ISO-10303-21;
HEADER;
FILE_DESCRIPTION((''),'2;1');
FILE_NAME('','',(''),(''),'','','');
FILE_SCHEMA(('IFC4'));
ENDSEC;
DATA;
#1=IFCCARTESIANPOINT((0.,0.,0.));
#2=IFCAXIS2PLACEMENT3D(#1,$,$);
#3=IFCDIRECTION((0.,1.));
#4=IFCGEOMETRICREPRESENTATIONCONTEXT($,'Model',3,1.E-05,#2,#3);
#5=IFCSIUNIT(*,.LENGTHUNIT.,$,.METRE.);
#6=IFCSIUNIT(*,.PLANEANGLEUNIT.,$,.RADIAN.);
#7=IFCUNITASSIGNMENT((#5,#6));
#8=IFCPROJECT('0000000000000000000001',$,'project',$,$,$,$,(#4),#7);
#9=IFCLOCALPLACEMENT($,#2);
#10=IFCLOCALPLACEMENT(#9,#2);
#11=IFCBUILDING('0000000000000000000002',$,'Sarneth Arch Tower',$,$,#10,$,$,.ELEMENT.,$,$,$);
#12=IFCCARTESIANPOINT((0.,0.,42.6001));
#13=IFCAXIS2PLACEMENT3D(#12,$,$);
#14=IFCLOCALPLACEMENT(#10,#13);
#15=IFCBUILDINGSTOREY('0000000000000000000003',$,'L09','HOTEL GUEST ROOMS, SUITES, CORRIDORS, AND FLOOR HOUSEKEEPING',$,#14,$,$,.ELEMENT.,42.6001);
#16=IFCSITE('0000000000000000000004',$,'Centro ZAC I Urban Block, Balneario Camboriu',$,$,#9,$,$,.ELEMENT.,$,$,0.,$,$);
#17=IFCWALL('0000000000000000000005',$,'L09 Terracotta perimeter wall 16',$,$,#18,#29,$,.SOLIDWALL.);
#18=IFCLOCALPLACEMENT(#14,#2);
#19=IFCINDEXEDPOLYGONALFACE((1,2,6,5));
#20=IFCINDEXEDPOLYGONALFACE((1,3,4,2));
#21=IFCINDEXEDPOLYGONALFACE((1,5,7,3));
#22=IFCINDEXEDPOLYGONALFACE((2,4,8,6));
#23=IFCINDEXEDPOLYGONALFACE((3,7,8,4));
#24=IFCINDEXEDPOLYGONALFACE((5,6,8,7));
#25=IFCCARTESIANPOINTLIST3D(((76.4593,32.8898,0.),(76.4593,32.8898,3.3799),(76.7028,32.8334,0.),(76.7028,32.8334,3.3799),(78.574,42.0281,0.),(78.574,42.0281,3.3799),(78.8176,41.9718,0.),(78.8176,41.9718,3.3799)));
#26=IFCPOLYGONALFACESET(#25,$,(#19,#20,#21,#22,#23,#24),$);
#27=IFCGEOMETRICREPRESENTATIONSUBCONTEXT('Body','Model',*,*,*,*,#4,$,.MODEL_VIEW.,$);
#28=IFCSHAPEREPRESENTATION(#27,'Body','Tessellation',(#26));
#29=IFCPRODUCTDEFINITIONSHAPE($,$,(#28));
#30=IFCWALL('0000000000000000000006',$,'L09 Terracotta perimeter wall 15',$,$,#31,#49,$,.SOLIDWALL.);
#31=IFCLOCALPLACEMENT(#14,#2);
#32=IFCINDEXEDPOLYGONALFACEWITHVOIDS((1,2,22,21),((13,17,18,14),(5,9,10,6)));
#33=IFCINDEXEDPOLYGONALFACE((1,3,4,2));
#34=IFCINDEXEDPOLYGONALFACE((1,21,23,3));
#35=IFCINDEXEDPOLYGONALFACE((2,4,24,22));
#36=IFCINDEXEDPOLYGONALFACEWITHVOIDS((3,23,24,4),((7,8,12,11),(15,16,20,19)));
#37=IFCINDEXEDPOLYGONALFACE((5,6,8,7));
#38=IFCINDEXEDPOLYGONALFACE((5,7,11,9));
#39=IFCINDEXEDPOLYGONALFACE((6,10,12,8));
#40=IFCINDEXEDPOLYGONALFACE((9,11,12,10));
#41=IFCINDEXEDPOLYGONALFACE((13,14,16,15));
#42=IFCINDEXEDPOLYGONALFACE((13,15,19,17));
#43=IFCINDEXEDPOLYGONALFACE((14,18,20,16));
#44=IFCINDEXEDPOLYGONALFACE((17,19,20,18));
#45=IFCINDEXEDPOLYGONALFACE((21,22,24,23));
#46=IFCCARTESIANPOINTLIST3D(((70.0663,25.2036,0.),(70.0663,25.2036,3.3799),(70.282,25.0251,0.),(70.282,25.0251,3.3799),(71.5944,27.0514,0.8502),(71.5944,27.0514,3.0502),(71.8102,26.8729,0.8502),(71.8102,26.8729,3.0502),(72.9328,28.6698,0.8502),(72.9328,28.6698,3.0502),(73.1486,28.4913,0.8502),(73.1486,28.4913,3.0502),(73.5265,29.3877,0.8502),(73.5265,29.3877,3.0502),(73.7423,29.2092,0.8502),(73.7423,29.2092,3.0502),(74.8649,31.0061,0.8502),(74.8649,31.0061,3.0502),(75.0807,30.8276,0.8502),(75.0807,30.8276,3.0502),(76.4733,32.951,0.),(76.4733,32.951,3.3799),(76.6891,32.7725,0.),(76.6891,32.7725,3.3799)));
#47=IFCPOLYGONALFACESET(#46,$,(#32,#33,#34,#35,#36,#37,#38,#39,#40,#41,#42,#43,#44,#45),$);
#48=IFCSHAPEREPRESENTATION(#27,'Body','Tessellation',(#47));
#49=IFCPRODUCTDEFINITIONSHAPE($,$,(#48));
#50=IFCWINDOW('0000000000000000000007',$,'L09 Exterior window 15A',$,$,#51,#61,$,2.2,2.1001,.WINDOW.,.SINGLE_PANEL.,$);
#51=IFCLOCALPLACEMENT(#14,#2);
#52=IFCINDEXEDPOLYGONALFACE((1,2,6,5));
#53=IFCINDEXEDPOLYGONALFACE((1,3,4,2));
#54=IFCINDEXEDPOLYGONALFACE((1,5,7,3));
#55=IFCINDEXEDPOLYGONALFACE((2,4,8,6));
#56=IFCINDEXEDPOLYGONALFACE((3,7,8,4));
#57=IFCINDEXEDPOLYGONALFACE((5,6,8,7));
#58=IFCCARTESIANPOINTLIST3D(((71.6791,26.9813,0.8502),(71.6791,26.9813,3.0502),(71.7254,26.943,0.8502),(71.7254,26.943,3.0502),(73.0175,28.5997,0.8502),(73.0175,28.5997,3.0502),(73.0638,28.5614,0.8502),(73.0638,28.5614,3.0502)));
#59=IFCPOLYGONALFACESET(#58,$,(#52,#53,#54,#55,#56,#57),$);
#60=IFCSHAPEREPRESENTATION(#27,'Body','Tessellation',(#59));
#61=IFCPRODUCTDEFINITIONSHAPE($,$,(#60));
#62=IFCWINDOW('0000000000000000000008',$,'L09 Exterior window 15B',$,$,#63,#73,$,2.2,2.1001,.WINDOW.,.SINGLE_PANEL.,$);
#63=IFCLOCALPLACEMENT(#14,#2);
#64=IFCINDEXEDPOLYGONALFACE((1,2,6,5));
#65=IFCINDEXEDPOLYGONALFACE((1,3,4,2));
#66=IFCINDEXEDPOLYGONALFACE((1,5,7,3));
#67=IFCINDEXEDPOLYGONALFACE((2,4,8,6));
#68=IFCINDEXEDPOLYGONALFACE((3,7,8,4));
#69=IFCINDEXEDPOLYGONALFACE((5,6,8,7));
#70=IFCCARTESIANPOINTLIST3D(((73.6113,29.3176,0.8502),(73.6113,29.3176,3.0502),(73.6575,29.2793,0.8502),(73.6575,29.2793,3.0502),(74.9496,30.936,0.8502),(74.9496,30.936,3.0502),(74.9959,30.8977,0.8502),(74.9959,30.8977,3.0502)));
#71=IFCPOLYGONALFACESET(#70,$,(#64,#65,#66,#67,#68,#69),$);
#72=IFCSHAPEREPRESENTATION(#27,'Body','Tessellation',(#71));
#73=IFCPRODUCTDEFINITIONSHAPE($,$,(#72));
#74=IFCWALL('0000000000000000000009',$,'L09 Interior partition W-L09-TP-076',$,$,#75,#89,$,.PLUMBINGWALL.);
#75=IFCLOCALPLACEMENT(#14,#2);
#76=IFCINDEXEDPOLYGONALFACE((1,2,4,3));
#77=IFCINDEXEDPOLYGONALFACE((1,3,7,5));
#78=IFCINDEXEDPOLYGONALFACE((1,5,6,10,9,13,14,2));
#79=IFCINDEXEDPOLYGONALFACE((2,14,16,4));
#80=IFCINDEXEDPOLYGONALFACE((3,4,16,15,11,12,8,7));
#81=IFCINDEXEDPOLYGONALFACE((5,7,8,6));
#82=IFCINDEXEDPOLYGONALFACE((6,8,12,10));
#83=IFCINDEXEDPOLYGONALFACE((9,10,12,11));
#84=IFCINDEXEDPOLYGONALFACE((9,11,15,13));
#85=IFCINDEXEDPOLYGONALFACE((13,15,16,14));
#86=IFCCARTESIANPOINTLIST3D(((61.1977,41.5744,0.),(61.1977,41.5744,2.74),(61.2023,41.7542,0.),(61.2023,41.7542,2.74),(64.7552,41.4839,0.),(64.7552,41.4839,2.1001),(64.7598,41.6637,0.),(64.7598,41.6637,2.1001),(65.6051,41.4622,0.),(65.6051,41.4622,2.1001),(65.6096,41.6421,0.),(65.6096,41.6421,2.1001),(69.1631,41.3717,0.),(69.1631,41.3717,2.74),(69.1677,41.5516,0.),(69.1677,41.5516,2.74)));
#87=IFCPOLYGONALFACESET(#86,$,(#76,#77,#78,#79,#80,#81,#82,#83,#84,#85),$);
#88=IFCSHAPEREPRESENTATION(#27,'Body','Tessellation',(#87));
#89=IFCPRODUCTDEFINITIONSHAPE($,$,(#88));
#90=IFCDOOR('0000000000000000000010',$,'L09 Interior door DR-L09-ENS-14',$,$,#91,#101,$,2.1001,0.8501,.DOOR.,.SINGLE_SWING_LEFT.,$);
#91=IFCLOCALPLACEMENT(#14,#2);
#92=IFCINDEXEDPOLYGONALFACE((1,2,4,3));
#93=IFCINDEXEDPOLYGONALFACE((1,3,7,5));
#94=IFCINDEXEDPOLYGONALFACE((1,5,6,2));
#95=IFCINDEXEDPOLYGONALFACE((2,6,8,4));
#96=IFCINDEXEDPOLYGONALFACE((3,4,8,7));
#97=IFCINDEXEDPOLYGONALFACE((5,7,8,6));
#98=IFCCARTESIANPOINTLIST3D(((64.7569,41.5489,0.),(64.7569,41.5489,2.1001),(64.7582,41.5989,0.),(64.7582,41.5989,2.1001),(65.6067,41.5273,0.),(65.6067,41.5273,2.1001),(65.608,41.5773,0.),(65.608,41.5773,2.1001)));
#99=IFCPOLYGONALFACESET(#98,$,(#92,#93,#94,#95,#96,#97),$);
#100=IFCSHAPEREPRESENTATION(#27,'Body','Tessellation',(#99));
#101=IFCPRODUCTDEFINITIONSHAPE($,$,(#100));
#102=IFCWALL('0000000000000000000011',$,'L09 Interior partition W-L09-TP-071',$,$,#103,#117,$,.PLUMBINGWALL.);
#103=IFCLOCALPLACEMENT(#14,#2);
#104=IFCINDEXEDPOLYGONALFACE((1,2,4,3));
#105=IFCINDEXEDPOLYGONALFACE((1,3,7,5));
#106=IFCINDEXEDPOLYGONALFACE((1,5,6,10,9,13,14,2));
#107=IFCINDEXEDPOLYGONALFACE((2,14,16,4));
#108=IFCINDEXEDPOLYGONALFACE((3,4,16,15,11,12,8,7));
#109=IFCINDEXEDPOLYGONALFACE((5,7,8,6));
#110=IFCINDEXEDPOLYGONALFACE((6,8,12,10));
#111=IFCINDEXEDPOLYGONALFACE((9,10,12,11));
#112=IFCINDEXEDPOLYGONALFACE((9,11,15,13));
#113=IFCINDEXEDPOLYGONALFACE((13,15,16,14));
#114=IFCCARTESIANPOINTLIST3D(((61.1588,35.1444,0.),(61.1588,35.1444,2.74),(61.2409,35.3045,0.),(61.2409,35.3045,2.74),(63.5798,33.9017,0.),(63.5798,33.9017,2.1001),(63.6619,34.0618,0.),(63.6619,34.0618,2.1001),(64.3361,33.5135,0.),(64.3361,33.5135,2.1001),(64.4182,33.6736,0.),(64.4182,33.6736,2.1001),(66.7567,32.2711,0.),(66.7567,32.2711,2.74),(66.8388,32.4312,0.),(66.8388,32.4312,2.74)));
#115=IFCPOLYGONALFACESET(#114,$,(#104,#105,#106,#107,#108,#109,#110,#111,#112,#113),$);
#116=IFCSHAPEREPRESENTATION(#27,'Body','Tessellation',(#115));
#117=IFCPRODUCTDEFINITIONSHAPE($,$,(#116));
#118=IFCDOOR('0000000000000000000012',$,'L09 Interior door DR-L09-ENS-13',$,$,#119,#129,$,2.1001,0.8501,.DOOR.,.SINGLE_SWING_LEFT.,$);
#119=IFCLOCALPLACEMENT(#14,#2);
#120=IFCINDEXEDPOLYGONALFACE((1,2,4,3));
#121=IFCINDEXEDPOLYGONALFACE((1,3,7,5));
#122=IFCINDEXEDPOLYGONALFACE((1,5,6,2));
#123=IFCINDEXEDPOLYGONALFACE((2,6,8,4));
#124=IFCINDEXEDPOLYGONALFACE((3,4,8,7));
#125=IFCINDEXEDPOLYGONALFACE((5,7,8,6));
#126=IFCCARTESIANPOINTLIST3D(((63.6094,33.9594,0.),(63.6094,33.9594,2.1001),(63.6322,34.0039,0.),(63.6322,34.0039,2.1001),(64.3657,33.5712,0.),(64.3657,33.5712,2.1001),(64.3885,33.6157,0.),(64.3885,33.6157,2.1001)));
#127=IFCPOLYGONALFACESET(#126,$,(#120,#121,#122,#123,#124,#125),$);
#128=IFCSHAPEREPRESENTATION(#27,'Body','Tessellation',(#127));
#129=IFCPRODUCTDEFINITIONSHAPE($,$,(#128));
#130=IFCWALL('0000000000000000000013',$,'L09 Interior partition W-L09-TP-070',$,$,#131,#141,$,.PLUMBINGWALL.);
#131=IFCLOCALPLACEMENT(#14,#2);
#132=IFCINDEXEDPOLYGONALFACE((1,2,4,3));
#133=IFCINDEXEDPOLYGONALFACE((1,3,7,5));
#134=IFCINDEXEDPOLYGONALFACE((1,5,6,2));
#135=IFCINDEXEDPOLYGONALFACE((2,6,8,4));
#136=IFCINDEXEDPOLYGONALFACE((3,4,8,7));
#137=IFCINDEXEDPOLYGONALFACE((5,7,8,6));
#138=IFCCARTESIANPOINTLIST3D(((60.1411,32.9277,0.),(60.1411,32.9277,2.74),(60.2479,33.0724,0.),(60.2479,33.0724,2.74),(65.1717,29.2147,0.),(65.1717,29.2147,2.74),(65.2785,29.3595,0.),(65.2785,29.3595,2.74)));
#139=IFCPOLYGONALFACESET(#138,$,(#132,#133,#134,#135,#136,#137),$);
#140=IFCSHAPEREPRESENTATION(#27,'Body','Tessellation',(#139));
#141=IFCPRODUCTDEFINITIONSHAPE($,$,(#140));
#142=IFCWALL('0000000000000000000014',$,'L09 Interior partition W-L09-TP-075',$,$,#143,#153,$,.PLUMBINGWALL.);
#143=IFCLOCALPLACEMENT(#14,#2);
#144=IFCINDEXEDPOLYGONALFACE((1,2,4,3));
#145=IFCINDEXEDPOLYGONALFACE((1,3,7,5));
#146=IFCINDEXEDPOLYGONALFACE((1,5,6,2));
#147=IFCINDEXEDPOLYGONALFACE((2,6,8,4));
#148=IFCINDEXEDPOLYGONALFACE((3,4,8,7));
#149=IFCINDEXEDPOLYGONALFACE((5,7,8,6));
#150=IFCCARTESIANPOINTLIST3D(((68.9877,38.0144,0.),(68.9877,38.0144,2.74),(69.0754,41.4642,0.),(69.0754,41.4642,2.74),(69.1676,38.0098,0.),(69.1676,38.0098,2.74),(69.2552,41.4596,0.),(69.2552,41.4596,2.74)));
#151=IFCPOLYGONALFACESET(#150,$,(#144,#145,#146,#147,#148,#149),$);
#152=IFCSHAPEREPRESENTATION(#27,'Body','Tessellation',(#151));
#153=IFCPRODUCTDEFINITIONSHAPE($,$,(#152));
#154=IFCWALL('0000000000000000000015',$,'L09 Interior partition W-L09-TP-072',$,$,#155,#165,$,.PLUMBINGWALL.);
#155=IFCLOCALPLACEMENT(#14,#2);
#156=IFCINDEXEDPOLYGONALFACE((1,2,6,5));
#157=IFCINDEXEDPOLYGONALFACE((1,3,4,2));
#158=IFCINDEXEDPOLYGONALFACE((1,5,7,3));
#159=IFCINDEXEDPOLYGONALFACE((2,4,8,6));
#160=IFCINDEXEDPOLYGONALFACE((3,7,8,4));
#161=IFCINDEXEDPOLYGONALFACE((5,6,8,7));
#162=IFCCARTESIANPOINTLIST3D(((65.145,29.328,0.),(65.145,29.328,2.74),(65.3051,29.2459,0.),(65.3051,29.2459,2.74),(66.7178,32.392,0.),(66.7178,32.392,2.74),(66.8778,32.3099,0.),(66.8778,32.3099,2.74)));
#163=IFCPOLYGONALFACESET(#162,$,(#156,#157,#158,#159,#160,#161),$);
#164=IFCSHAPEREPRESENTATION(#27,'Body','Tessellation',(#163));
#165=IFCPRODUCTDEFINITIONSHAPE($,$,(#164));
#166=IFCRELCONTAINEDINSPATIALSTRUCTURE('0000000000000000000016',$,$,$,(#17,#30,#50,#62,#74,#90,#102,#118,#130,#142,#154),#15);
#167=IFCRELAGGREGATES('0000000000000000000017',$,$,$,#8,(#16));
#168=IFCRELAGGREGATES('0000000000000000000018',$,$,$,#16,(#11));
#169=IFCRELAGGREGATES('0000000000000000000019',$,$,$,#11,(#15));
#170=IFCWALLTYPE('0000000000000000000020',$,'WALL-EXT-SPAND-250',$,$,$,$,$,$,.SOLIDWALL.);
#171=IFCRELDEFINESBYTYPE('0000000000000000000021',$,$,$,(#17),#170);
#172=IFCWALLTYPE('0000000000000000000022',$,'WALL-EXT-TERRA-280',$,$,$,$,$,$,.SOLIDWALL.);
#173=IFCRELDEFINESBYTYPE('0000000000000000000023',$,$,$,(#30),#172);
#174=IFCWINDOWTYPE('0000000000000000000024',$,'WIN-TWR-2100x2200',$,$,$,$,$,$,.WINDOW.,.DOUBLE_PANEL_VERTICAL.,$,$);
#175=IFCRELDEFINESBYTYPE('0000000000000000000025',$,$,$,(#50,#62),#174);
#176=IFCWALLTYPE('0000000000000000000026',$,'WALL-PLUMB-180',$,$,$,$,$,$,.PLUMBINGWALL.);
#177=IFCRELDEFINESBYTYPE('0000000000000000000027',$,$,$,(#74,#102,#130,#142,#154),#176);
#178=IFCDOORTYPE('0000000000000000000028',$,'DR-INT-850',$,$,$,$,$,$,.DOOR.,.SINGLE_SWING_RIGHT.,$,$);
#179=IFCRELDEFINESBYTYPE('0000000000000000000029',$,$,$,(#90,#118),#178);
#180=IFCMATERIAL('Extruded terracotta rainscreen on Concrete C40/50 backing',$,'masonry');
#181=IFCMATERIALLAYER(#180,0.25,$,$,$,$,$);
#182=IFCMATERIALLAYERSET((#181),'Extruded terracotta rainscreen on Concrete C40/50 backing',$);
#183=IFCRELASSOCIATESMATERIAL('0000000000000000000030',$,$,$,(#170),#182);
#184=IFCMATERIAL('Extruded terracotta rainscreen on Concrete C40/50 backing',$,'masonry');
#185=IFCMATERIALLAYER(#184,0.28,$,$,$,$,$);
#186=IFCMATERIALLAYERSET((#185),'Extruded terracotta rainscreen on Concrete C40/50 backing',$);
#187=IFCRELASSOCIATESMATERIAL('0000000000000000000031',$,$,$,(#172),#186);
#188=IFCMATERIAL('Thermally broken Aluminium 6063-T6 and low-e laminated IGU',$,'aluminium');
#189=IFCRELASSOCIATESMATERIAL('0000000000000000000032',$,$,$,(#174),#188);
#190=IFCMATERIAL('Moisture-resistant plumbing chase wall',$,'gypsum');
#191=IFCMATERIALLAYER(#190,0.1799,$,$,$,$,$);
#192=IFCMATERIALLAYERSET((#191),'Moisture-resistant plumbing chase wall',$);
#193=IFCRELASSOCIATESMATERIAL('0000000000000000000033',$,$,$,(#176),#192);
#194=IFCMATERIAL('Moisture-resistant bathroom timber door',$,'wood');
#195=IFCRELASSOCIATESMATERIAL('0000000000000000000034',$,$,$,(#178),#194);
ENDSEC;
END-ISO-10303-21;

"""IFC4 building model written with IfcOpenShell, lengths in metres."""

from ifc_helpers import new_model, si_unit, direction, frame, frame_2d, origin, place, context, subcontext, project, spatial, rectangle, extrude, material, layer, layer_set, type_object, element, fill, save


model = new_model("IFC4")

# Units and contexts
model_context = context("Model", 3, precision=1e-05, world=origin(), true_north=direction((0.0, 1.0)))
body_context = subcontext(model_context, "Body", "Model", "MODEL_VIEW")
ifc_project = project(units=[si_unit("LENGTHUNIT", "METRE"), si_unit("PLANEANGLEUNIT", "RADIAN")], contexts=[model_context])

# Site, building, storey
site_placement = place(None, origin())
site = spatial("IfcSite", under=ifc_project, at=site_placement, Name="Centro ZAC I Urban Block, Balneario Camboriu", CompositionType="ELEMENT", RefElevation=0.0)
building_placement = place(site_placement, origin())
building = spatial("IfcBuilding", under=site, at=building_placement, Name="Sarneth Arch Tower", CompositionType="ELEMENT")
storey_placement = place(building_placement, frame((0.0, 0.0, 42.6001)))
storey = spatial("IfcBuildingStorey", under=building, at=storey_placement, Name="L09", Description="HOTEL GUEST ROOMS, SUITES, CORRIDORS, AND FLOOR HOUSEKEEPING", CompositionType="ELEMENT", Elevation=42.6001)

# Wall
ifc_material_1 = material(Name="Extruded terracotta rainscreen on Concrete C40/50 backing", Category="masonry")
ifc_layer_1 = layer(ifc_material_1, 0.25)
ifc_layer_set_1 = layer_set([ifc_layer_1], Name="Extruded terracotta rainscreen on Concrete C40/50 backing")
wall_type_1 = type_object("IfcWallType", Name="WALL-EXT-SPAND-250", PredefinedType="SOLIDWALL", material=ifc_layer_set_1)
wall_1_placement = place(storey_placement, frame((76.5811, 32.8616, 0.0), z_axis=(0.0, 0.0, 1.0), x_axis=(0.225454, 0.974254, 0.0)))
element("IfcWall", 1, at=wall_1_placement, inside=storey, type_object=wall_type_1, Name="L09 Terracotta perimeter wall 16", PredefinedType="SOLIDWALL", context=body_context, shape_type="SweptSolid", body=[
    extrude(rectangle(XDim=9.3799, YDim=0.25, at=frame_2d((4.6899, 0.0))), origin(), (0.0, 0.0, 1.0), 3.3799),
])

# Wall, openings, windows
ifc_material_2 = material(Name="Extruded terracotta rainscreen on Concrete C40/50 backing", Category="masonry")
ifc_layer_2 = layer(ifc_material_2, 0.28)
ifc_layer_set_2 = layer_set([ifc_layer_2], Name="Extruded terracotta rainscreen on Concrete C40/50 backing")
wall_type_2 = type_object("IfcWallType", Name="WALL-EXT-TERRA-280", PredefinedType="SOLIDWALL", material=ifc_layer_set_2)
wall_2_placement = place(storey_placement, frame((70.1741, 25.1143, 0.0), z_axis=(0.0, 0.0, 1.0), x_axis=(0.637297, 0.770618, 0.0)))
wall_2 = element("IfcWall", 2, at=wall_2_placement, inside=storey, type_object=wall_type_2, Name="L09 Terracotta perimeter wall 15", PredefinedType="SOLIDWALL", context=body_context, shape_type="SweptSolid", body=[
    extrude(rectangle(XDim=10.0535, YDim=0.28, at=frame_2d((5.0269, 0.0))), origin(), (0.0, 0.0, 1.0), 3.3799),
])
opening_1_placement = place(wall_2_placement, frame((2.3979, 0.0, 0.8501)))
opening_1 = element("IfcOpeningElement", 3, at=opening_1_placement, cuts=wall_2, PredefinedType="OPENING", context=body_context, shape_type="SweptSolid", body=[
    extrude(rectangle(XDim=2.1001, YDim=2.2, at=frame_2d((1.05, 1.1001))), frame((0.0, 0.1499, 0.0), z_axis=(0.0, -1.0, 0.0), x_axis=(1.0, 0.0, 0.0)), (0.0, 0.0, 1.0), 0.3),
])
opening_2_placement = place(wall_2_placement, frame((5.4297, 0.0, 0.8501)))
opening_2 = element("IfcOpeningElement", 4, at=opening_2_placement, cuts=wall_2, PredefinedType="OPENING", context=body_context, shape_type="SweptSolid", body=[
    extrude(rectangle(XDim=2.1001, YDim=2.2, at=frame_2d((1.05, 1.1001))), frame((0.0, 0.1499, 0.0), z_axis=(0.0, -1.0, 0.0), x_axis=(1.0, 0.0, 0.0)), (0.0, 0.0, 1.0), 0.3),
])
ifc_material_3 = material(Name="Thermally broken Aluminium 6063-T6 and low-e laminated IGU", Category="aluminium")
window_type = type_object("IfcWindowType", Name="WIN-TWR-2100x2200", PartitioningType="DOUBLE_PANEL_VERTICAL", PredefinedType="WINDOW", material=ifc_material_3)
window_1_placement = place(opening_1_placement, origin())
window_1 = element("IfcWindow", 5, at=window_1_placement, inside=storey, type_object=window_type, Name="L09 Exterior window 15A", OverallHeight=2.2, OverallWidth=2.1001, PartitioningType="SINGLE_PANEL", PredefinedType="WINDOW", context=body_context, shape_type="SweptSolid", body=[
    extrude(rectangle(XDim=2.1001, YDim=2.2, at=frame_2d((1.05, 1.1001))), frame((0.0, 0.03, 0.0), z_axis=(0.0, -1.0, 0.0), x_axis=(1.0, 0.0, 0.0)), (0.0, 0.0, 1.0), 0.0601),
])
fill(opening_1, window_1)
window_2_placement = place(opening_2_placement, origin())
window_2 = element("IfcWindow", 6, at=window_2_placement, inside=storey, type_object=window_type, Name="L09 Exterior window 15B", OverallHeight=2.2, OverallWidth=2.1001, PartitioningType="SINGLE_PANEL", PredefinedType="WINDOW", context=body_context, shape_type="SweptSolid", body=[
    extrude(rectangle(XDim=2.1001, YDim=2.2, at=frame_2d((1.05, 1.1001))), frame((0.0, 0.03, 0.0), z_axis=(0.0, -1.0, 0.0), x_axis=(1.0, 0.0, 0.0)), (0.0, 0.0, 1.0), 0.0601),
])
fill(opening_2, window_2)

# Walls, openings, doors
ifc_material_4 = material(Name="Moisture-resistant plumbing chase wall", Category="gypsum")
ifc_layer_3 = layer(ifc_material_4, 0.1799)
ifc_layer_set_3 = layer_set([ifc_layer_3], Name="Moisture-resistant plumbing chase wall")
wall_type_3 = type_object("IfcWallType", Name="WALL-PLUMB-180", PredefinedType="PLUMBINGWALL", material=ifc_layer_set_3)
wall_3_placement = place(storey_placement, frame((69.1653, 41.4617, 0.0), z_axis=(0.0, 0.0, 1.0), x_axis=(-0.999677, 0.025432, 0.0)))
wall_3 = element("IfcWall", 7, at=wall_3_placement, inside=storey, type_object=wall_type_3, Name="L09 Interior partition W-L09-TP-076", PredefinedType="PLUMBINGWALL", context=body_context, shape_type="SweptSolid", body=[
    extrude(rectangle(XDim=7.968, YDim=0.1799, at=frame_2d((3.9839, 0.0))), origin(), (0.0, 0.0, 1.0), 2.74),
])
opening_3_placement = place(wall_3_placement, frame((3.5591, 0.0, 0.0)))
opening_3 = element("IfcOpeningElement", 8, at=opening_3_placement, cuts=wall_3, PredefinedType="OPENING", context=body_context, shape_type="SweptSolid", body=[
    extrude(rectangle(XDim=0.8501, YDim=2.1001, at=frame_2d((0.425, 1.05))), frame((0.0, 0.0999, 0.0), z_axis=(0.0, -1.0, 0.0), x_axis=(1.0, 0.0, 0.0)), (0.0, 0.0, 1.0), 0.2),
])
ifc_material_5 = material(Name="Moisture-resistant bathroom timber door", Category="wood")
door_type_1 = type_object("IfcDoorType", Name="DR-INT-850", OperationType="SINGLE_SWING_RIGHT", PredefinedType="DOOR", material=ifc_material_5)
door_1_placement = place(opening_3_placement, origin())
door_1 = element("IfcDoor", 9, at=door_1_placement, inside=storey, type_object=door_type_1, Name="L09 Interior door DR-L09-ENS-14", OperationType="SINGLE_SWING_LEFT", OverallHeight=2.1001, OverallWidth=0.8501, PredefinedType="DOOR", context=body_context, shape_type="SweptSolid", body=[
    extrude(rectangle(XDim=0.8501, YDim=2.1001, at=frame_2d((0.425, 1.05))), frame((0.0, 0.0249, 0.0), z_axis=(0.0, -1.0, 0.0), x_axis=(1.0, 0.0, 0.0)), (0.0, 0.0, 1.0), 0.05),
])
fill(opening_3, door_1)
wall_4_placement = place(storey_placement, frame((61.2, 35.2244, 0.0), z_axis=(0.0, 0.0, 1.0), x_axis=(0.889651, -0.45664, 0.0)))
wall_4 = element("IfcWall", 10, at=wall_4_placement, inside=storey, type_object=wall_type_3, Name="L09 Interior partition W-L09-TP-071", PredefinedType="PLUMBINGWALL", context=body_context, shape_type="SweptSolid", body=[
    extrude(rectangle(XDim=6.2922, YDim=0.1799, at=frame_2d((3.146, 0.0))), origin(), (0.0, 0.0, 1.0), 2.74),
])
opening_4_placement = place(wall_4_placement, frame((2.7212, 0.0, 0.0)))
opening_4 = element("IfcOpeningElement", 11, at=opening_4_placement, cuts=wall_4, PredefinedType="OPENING", context=body_context, shape_type="SweptSolid", body=[
    extrude(rectangle(XDim=0.8501, YDim=2.1001, at=frame_2d((0.425, 1.05))), frame((0.0, 0.0999, 0.0), z_axis=(0.0, -1.0, 0.0), x_axis=(1.0, 0.0, 0.0)), (0.0, 0.0, 1.0), 0.2),
])
door_2_placement = place(opening_4_placement, origin())
door_2 = element("IfcDoor", 12, at=door_2_placement, inside=storey, type_object=door_type_1, Name="L09 Interior door DR-L09-ENS-13", OperationType="SINGLE_SWING_LEFT", OverallHeight=2.1001, OverallWidth=0.8501, PredefinedType="DOOR", context=body_context, shape_type="SweptSolid", body=[
    extrude(rectangle(XDim=0.8501, YDim=2.1001, at=frame_2d((0.425, 1.05))), frame((0.0, 0.0249, 0.0), z_axis=(0.0, -1.0, 0.0), x_axis=(1.0, 0.0, 0.0)), (0.0, 0.0, 1.0), 0.05),
])
fill(opening_4, door_2)

# Walls
wall_5_placement = place(storey_placement, frame((65.2251, 29.2871, 0.0), z_axis=(0.0, 0.0, 1.0), x_axis=(-0.804583, 0.593841, 0.0)))
element("IfcWall", 13, at=wall_5_placement, inside=storey, type_object=wall_type_3, Name="L09 Interior partition W-L09-TP-070", PredefinedType="PLUMBINGWALL", context=body_context, shape_type="SweptSolid", body=[
    extrude(rectangle(XDim=6.2524, YDim=0.1799, at=frame_2d((3.1262, 0.0))), origin(), (0.0, 0.0, 1.0), 2.74),
])
wall_6_placement = place(storey_placement, frame((69.0776, 38.012, 0.0), z_axis=(0.0, 0.0, 1.0), x_axis=(0.025399, 0.999677, 0.0)))
element("IfcWall", 14, at=wall_6_placement, inside=storey, type_object=wall_type_3, Name="L09 Interior partition W-L09-TP-075", PredefinedType="PLUMBINGWALL", context=body_context, shape_type="SweptSolid", body=[
    extrude(rectangle(XDim=3.4509, YDim=0.1799, at=frame_2d((1.7256, 0.0))), origin(), (0.0, 0.0, 1.0), 2.74),
])
wall_7_placement = place(storey_placement, frame((66.7979, 32.3511, 0.0), z_axis=(0.0, 0.0, 1.0), x_axis=(-0.456659, -0.889642, 0.0)))
element("IfcWall", 15, at=wall_7_placement, inside=storey, type_object=wall_type_3, Name="L09 Interior partition W-L09-TP-072", PredefinedType="PLUMBINGWALL", context=body_context, shape_type="SweptSolid", body=[
    extrude(rectangle(XDim=3.4441, YDim=0.1799, at=frame_2d((1.7222, 0.0))), origin(), (0.0, 0.0, 1.0), 2.74),
])

save(model, "model.ifc")
